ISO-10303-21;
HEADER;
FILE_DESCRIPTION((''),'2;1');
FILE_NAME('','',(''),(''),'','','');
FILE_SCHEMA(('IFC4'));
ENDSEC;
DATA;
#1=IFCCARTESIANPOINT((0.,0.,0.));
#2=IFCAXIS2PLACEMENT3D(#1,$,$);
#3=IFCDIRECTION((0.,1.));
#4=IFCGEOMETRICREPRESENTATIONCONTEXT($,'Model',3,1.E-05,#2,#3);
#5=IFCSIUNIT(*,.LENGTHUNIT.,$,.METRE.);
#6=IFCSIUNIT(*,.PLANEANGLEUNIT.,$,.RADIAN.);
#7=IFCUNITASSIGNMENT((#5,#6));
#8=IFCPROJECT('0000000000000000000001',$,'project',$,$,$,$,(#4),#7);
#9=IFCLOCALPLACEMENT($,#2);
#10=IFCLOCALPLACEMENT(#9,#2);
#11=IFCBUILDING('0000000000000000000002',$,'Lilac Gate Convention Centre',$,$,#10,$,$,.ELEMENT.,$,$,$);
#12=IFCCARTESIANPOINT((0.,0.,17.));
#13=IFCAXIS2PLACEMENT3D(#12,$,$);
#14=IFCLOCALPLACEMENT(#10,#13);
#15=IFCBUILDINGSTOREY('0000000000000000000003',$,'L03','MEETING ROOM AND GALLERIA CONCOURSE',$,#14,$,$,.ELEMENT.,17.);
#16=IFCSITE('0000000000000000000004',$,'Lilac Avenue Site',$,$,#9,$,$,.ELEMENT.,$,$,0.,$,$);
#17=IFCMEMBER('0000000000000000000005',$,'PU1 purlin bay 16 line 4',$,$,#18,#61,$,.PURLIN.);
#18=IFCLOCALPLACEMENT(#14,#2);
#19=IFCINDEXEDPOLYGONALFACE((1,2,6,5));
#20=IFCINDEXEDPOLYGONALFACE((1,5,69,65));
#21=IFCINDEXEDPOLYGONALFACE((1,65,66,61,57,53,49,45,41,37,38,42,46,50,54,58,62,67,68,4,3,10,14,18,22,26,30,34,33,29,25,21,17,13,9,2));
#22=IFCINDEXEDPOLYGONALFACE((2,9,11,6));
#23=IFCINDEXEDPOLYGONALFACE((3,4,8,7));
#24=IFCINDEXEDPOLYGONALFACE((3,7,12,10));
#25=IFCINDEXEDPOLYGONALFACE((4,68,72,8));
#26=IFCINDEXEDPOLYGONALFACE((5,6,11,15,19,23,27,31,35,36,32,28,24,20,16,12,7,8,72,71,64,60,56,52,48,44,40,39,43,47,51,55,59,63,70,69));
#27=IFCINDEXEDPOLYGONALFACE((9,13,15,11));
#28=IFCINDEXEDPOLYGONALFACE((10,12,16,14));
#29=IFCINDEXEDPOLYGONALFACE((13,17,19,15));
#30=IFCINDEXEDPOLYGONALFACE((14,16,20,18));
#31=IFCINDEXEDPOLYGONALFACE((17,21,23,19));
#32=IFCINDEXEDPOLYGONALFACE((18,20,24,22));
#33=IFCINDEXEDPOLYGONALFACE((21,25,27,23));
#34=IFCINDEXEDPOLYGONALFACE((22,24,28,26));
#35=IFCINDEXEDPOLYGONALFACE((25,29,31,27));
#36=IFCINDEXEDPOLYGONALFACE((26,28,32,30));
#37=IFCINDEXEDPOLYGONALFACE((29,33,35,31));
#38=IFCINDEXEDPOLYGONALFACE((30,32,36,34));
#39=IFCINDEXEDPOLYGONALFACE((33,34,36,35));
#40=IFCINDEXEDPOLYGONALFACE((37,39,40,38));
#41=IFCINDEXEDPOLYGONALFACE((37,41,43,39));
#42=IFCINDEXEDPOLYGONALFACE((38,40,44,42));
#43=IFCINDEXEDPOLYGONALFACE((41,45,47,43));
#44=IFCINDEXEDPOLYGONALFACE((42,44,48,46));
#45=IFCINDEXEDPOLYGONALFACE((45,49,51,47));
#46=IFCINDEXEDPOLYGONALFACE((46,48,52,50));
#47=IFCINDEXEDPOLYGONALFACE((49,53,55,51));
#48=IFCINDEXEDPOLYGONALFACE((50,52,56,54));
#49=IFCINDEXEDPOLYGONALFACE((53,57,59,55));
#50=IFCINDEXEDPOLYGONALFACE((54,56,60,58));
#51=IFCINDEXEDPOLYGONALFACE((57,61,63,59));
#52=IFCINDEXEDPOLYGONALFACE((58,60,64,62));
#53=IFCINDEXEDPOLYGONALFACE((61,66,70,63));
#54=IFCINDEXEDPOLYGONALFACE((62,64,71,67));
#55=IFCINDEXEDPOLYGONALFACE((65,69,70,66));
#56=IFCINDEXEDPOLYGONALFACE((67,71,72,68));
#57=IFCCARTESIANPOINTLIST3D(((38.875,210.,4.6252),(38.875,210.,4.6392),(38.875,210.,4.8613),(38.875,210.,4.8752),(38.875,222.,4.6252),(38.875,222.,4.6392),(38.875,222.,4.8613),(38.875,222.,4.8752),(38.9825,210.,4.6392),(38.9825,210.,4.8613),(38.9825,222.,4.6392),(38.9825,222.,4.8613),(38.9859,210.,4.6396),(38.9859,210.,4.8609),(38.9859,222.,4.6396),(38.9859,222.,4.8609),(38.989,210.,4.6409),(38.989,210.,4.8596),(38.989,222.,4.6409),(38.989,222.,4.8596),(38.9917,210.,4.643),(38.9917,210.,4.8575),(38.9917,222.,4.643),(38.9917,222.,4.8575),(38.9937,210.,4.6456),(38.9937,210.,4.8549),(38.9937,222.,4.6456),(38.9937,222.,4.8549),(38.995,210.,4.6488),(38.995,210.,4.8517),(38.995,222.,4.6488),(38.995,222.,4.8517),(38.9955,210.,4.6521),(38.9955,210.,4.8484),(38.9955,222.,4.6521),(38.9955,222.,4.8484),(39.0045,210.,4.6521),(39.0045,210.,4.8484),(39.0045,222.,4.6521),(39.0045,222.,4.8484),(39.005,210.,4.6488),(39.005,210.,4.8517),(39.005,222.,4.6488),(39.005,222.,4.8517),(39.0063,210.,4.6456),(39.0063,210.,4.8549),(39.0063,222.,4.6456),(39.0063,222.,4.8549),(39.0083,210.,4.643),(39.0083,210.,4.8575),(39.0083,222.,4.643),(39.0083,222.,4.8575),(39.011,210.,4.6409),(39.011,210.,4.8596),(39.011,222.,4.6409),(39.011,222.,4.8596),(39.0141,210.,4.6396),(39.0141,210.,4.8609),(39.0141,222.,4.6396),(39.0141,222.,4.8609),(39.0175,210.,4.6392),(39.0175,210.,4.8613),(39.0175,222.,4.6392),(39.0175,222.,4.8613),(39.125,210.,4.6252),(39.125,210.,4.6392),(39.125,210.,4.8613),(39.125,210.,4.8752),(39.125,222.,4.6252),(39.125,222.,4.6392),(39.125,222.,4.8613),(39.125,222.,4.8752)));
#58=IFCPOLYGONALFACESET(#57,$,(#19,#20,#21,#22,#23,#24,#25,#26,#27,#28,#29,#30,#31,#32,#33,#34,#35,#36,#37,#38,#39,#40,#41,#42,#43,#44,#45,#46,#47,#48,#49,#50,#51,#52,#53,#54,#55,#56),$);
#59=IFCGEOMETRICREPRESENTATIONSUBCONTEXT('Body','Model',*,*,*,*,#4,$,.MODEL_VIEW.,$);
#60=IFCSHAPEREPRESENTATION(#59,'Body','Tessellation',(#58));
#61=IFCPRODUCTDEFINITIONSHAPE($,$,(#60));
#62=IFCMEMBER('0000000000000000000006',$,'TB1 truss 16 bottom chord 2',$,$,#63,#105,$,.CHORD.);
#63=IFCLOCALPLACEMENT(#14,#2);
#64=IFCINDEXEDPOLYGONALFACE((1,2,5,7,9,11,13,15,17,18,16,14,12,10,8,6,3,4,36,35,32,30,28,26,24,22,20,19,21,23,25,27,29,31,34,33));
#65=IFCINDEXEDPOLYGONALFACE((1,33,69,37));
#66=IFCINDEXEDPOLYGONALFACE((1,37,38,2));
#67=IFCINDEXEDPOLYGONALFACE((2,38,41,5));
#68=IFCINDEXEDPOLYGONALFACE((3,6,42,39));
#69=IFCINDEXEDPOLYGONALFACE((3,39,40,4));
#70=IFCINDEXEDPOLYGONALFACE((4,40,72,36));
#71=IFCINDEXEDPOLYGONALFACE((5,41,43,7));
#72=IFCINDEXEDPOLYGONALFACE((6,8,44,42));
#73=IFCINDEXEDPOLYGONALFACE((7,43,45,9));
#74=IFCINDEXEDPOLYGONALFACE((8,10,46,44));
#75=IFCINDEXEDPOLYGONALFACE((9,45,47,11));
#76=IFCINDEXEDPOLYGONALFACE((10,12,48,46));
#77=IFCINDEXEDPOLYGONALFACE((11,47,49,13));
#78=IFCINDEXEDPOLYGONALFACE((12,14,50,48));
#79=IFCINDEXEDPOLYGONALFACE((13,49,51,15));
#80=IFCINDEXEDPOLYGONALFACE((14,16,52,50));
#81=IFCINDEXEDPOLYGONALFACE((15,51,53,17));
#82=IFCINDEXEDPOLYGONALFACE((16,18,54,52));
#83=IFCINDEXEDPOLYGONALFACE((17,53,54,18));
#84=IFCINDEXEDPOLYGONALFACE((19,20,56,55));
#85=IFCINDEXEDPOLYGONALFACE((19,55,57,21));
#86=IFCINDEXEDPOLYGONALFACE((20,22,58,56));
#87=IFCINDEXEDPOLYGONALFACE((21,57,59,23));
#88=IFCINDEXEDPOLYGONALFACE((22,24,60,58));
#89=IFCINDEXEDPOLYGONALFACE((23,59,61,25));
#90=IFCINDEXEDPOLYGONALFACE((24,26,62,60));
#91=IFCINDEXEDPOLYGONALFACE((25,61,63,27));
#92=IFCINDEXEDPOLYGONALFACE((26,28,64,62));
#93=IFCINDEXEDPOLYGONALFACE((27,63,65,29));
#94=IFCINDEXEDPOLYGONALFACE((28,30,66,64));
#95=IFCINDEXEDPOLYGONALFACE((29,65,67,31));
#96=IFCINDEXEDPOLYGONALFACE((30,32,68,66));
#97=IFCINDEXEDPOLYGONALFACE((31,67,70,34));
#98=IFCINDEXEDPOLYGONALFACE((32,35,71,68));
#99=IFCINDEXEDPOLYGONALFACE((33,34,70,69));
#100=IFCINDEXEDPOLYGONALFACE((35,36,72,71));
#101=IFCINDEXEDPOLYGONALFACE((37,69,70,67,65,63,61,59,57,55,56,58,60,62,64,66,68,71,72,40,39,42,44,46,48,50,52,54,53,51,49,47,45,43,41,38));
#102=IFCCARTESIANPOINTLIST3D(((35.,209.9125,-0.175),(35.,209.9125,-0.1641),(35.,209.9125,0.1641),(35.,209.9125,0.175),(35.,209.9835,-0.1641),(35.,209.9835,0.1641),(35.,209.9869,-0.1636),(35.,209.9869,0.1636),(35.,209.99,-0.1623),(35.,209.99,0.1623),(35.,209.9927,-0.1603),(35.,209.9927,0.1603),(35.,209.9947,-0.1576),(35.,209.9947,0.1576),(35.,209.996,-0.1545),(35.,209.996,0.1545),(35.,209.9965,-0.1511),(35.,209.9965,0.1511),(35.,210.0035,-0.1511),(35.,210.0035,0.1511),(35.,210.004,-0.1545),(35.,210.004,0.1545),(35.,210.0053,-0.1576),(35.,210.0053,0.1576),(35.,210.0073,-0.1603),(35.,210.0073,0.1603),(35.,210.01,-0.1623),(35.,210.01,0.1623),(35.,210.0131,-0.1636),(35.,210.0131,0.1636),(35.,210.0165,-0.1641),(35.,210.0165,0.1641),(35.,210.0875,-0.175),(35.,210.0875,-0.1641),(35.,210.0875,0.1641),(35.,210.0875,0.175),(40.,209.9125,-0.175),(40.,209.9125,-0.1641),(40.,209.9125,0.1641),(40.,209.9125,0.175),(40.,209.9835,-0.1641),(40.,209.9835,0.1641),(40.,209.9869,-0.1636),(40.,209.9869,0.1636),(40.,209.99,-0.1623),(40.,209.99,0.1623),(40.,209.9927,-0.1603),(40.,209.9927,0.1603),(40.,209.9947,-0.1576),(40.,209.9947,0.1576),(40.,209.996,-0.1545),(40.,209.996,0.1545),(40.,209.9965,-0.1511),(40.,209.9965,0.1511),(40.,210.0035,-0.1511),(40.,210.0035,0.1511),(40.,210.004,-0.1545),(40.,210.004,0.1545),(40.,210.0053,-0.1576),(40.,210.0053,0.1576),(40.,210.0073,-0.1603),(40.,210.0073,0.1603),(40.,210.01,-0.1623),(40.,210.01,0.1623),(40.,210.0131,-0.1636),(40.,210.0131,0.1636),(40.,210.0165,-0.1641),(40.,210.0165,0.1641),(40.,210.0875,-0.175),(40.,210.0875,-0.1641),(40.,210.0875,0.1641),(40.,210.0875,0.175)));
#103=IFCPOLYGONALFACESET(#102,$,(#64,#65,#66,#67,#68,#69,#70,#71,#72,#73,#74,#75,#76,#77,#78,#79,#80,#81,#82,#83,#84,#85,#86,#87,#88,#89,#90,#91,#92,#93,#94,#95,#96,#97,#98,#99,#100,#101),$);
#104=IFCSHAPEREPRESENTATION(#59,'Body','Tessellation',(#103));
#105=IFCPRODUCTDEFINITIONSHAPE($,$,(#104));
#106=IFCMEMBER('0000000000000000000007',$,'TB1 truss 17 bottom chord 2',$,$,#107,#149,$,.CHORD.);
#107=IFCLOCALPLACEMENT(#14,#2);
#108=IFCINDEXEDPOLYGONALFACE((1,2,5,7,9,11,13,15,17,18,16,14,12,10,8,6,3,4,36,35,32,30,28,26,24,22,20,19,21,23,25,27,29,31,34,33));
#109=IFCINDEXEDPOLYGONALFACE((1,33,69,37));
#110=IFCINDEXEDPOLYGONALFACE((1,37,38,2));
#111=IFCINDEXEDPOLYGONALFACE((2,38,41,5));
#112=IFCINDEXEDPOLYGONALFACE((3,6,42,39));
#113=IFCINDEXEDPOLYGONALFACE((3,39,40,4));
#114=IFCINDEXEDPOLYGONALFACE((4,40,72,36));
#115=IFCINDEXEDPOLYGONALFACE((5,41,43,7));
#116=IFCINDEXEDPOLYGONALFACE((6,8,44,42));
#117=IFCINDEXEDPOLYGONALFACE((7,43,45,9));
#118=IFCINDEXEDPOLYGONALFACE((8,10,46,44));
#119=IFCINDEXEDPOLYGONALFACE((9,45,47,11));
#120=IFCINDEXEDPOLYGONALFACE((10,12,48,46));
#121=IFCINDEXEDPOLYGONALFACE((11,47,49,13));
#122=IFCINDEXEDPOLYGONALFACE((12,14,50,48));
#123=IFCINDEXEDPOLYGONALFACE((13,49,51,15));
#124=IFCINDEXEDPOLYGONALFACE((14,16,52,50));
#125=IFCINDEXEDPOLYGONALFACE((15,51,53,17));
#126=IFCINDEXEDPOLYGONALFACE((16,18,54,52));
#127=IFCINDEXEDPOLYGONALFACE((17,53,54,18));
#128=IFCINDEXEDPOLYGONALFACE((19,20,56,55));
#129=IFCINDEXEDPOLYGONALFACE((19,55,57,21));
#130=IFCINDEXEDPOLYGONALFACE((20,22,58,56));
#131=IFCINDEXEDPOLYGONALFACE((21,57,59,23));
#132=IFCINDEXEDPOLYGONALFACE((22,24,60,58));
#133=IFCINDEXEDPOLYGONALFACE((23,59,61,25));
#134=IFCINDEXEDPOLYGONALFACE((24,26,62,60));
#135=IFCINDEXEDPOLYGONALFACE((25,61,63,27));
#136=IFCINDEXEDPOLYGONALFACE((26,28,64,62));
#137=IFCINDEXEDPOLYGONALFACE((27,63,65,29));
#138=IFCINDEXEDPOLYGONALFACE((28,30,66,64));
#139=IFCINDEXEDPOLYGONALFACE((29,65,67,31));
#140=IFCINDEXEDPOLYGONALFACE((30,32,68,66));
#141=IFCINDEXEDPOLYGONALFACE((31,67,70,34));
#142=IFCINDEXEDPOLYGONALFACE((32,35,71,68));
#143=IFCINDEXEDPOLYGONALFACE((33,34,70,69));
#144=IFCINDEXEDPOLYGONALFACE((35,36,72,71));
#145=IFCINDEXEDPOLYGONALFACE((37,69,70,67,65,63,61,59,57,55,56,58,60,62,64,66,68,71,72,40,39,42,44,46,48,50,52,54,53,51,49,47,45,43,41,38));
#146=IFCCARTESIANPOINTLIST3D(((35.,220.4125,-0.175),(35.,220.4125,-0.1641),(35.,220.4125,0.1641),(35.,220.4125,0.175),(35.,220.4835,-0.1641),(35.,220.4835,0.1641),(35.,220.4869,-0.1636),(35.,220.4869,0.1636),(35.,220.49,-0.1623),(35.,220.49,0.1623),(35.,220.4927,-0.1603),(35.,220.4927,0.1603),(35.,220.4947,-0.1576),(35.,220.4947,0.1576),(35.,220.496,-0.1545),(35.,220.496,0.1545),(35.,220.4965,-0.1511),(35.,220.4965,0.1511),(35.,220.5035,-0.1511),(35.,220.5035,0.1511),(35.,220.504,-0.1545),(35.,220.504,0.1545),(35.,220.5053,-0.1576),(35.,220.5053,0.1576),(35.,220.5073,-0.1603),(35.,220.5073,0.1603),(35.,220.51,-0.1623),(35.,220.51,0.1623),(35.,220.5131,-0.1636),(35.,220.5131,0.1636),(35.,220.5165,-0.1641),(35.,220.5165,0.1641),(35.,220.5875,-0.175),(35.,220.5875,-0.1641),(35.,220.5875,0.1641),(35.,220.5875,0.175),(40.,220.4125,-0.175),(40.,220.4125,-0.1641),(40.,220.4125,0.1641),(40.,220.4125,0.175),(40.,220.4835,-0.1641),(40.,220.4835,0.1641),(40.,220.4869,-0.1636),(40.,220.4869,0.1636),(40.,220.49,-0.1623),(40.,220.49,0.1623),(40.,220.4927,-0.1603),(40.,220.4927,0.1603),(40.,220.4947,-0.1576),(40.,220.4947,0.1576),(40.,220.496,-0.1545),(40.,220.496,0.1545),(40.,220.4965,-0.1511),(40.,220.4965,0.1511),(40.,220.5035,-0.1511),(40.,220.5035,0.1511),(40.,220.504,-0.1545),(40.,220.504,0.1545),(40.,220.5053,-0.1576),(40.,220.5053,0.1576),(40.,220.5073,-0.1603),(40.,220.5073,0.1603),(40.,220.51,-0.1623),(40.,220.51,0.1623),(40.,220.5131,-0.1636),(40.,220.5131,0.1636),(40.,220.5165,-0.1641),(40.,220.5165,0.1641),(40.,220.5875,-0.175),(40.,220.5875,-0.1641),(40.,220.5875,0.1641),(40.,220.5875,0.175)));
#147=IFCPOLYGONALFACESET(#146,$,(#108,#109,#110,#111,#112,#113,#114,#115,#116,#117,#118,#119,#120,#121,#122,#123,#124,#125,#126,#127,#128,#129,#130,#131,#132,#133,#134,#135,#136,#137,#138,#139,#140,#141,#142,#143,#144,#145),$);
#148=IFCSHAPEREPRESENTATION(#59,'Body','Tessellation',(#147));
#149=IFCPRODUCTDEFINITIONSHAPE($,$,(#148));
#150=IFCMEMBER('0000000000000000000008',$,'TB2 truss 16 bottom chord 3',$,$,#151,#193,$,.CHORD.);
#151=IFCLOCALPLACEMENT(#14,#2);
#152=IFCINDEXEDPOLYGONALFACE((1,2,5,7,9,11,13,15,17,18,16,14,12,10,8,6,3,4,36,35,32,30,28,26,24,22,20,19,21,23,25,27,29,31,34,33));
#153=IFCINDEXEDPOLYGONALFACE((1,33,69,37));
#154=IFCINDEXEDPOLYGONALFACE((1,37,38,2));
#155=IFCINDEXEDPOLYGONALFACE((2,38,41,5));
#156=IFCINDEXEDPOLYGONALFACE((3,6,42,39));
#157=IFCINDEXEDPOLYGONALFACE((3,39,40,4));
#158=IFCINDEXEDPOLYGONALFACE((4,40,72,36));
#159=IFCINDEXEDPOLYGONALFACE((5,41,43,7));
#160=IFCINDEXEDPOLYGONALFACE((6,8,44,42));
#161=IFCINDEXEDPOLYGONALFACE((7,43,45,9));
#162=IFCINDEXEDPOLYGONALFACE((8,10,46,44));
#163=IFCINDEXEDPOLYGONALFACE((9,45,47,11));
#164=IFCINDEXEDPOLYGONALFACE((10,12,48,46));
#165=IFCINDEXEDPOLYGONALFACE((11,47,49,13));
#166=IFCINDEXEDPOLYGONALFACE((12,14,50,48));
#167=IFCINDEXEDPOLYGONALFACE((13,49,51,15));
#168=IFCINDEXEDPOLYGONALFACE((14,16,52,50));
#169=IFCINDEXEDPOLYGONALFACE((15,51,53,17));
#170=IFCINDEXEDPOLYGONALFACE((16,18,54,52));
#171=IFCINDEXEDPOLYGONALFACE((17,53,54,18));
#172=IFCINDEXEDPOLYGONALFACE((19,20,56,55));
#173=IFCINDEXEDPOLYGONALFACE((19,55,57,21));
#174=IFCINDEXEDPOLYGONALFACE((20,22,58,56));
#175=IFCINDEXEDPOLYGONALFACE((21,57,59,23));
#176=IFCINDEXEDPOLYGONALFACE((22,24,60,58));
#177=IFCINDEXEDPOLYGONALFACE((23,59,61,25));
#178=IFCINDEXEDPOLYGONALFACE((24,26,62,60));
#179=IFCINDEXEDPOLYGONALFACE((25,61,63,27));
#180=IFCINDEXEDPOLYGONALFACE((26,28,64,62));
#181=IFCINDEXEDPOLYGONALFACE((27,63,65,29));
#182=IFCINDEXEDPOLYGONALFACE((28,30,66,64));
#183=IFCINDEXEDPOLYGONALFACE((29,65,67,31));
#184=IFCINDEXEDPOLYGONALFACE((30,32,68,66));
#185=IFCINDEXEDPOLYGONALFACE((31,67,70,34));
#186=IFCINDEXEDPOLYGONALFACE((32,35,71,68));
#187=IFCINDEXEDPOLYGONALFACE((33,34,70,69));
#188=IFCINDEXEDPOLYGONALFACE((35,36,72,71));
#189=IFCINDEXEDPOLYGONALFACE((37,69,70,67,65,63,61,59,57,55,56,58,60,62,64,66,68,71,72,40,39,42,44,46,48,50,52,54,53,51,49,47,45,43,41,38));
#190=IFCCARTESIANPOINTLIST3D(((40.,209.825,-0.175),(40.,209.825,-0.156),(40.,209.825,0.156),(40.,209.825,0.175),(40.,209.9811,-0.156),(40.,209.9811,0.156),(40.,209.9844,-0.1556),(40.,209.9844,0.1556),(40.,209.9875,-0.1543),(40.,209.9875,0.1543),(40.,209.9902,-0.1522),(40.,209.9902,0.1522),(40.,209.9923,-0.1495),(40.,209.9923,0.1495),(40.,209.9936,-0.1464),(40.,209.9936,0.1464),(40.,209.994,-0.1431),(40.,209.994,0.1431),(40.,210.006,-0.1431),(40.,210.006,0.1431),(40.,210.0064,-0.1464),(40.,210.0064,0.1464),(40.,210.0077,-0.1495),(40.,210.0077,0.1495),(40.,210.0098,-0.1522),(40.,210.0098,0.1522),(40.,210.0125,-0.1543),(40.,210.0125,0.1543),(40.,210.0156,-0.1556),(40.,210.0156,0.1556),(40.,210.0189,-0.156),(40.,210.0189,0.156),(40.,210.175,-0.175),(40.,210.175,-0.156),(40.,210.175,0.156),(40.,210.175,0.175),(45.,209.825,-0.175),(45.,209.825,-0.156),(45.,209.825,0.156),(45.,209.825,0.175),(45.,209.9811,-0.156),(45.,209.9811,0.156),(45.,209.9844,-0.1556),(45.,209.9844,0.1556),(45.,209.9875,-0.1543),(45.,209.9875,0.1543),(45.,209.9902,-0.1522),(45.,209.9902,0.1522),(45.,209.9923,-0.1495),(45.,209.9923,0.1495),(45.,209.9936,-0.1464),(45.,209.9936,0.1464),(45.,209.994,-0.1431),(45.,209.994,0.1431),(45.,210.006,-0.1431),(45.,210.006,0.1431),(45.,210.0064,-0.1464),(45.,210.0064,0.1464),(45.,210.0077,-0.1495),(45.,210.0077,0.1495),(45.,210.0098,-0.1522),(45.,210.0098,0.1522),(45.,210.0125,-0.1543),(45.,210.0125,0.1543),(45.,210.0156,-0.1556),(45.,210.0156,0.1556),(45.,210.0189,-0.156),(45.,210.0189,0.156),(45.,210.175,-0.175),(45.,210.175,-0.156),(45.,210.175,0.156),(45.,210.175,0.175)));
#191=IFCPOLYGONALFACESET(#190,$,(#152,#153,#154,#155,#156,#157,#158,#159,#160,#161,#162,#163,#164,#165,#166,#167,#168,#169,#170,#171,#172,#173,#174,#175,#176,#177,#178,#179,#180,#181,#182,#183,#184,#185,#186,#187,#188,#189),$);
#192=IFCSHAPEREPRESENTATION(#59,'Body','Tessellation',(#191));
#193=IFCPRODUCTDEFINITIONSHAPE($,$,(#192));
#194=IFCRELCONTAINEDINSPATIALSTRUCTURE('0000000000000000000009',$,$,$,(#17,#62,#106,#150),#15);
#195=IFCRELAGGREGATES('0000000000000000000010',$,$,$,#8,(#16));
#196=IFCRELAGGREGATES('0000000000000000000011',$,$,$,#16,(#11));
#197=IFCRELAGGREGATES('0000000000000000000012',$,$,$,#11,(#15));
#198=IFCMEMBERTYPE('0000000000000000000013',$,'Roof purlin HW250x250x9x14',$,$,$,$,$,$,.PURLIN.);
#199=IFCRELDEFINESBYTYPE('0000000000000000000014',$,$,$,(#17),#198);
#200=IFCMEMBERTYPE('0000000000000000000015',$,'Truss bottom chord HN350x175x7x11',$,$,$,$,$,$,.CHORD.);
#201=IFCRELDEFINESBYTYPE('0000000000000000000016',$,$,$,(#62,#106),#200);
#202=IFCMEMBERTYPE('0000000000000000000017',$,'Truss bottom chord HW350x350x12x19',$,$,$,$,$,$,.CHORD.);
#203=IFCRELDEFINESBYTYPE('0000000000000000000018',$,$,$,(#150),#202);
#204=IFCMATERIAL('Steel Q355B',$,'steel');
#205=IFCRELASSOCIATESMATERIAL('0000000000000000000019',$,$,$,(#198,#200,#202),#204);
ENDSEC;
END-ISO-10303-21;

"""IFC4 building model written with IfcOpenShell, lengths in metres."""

from ifc_helpers import new_model, si_unit, direction, frame, origin, origin_2d, place, context, subcontext, project, spatial, i_section, extrude, material, material_profile, profile_set, type_object, element, save


model = new_model("IFC4")

# Units and contexts
model_context = context("Model", 3, precision=1e-05, world=origin(), true_north=direction((0.0, 1.0)))
body_context = subcontext(model_context, "Body", "Model", "MODEL_VIEW")
ifc_project = project(units=[si_unit("LENGTHUNIT", "METRE"), si_unit("PLANEANGLEUNIT", "RADIAN")], contexts=[model_context])

# Site, building, storey
site_placement = place(None, origin())
site = spatial("IfcSite", under=ifc_project, at=site_placement, Name="Lilac Avenue Site", CompositionType="ELEMENT", RefElevation=0.0)
building_placement = place(site_placement, origin())
building = spatial("IfcBuilding", under=site, at=building_placement, Name="Lilac Gate Convention Centre", CompositionType="ELEMENT")
storey_placement = place(building_placement, frame((0.0, 0.0, 17.0)))
storey = spatial("IfcBuildingStorey", under=building, at=storey_placement, Name="L03", Description="MEETING ROOM AND GALLERIA CONCOURSE", CompositionType="ELEMENT", Elevation=17.0)

# Members
ifc_material = material(Name="Steel Q355B", Category="steel")
ifc_material_profile_1 = material_profile(ifc_material, i_section(OverallWidth=0.25, OverallDepth=0.25, WebThickness=0.009, FlangeThickness=0.0139, FilletRadius=0.0129, at=origin_2d()), Name="HW250x250x9x14")
ifc_profile_set_1 = profile_set([ifc_material_profile_1], Name="Steel Q355B")
member_type_1 = type_object("IfcMemberType", Name="Roof purlin HW250x250x9x14", PredefinedType="PURLIN", material=ifc_profile_set_1)
for number, where, z_axis, x_axis, name in (
    (1, (39.0, 210.0, 4.7502), (0.0, 1.0, 0.0), (-1.0, 0.0, 0.0), "PU1 purlin bay 16 line 4"),
):
    element("IfcMember", number, at=place(storey_placement, frame(where, z_axis=z_axis, x_axis=x_axis)), inside=storey, type_object=member_type_1, Name=name, PredefinedType="PURLIN", context=body_context, shape_type="SweptSolid", body=[
        extrude(i_section(OverallWidth=0.25, OverallDepth=0.25, WebThickness=0.009, FlangeThickness=0.0139, FilletRadius=0.0129, at=origin_2d()), origin(), (0.0, 0.0, 1.0), 12.0),
    ])
ifc_material_profile_2 = material_profile(ifc_material, i_section(OverallWidth=0.175, OverallDepth=0.3501, WebThickness=0.0071, FlangeThickness=0.011, FilletRadius=0.0129, at=origin_2d()), Name="HN350x175x7x11")
ifc_profile_set_2 = profile_set([ifc_material_profile_2], Name="Steel Q355B")
member_type_2 = type_object("IfcMemberType", Name="Truss bottom chord HN350x175x7x11", PredefinedType="CHORD", material=ifc_profile_set_2)
for number, where, z_axis, x_axis, name in (
    (2, (35.0, 210.0, 0.0), (1.0, 0.0, 0.0), (0.0, 1.0, 0.0), "TB1 truss 16 bottom chord 2"),
    (3, (35.0, 220.5, 0.0), (1.0, 0.0, 0.0), (0.0, 1.0, 0.0), "TB1 truss 17 bottom chord 2"),
):
    element("IfcMember", number, at=place(storey_placement, frame(where, z_axis=z_axis, x_axis=x_axis)), inside=storey, type_object=member_type_2, Name=name, PredefinedType="CHORD", context=body_context, shape_type="SweptSolid", body=[
        extrude(i_section(OverallWidth=0.175, OverallDepth=0.3501, WebThickness=0.0071, FlangeThickness=0.011, FilletRadius=0.0129, at=origin_2d()), origin(), (0.0, 0.0, 1.0), 5.0),
    ])
ifc_material_profile_3 = material_profile(ifc_material, i_section(OverallWidth=0.3501, OverallDepth=0.3501, WebThickness=0.012, FlangeThickness=0.019, FilletRadius=0.0129, at=origin_2d()), Name="HW350x350x12x19")
ifc_profile_set_3 = profile_set([ifc_material_profile_3], Name="Steel Q355B")
member_type_3 = type_object("IfcMemberType", Name="Truss bottom chord HW350x350x12x19", PredefinedType="CHORD", material=ifc_profile_set_3)
member_1_placement = place(storey_placement, frame((40.0, 210.0, 0.0), z_axis=(1.0, 0.0, 0.0), x_axis=(0.0, 1.0, 0.0)))
element("IfcMember", 4, at=member_1_placement, inside=storey, type_object=member_type_3, Name="TB2 truss 16 bottom chord 3", PredefinedType="CHORD", context=body_context, shape_type="SweptSolid", body=[
    extrude(i_section(OverallWidth=0.3501, OverallDepth=0.3501, WebThickness=0.012, FlangeThickness=0.019, FilletRadius=0.0129, at=origin_2d()), origin(), (0.0, 0.0, 1.0), 5.0),
])

save(model, "model.ifc")
